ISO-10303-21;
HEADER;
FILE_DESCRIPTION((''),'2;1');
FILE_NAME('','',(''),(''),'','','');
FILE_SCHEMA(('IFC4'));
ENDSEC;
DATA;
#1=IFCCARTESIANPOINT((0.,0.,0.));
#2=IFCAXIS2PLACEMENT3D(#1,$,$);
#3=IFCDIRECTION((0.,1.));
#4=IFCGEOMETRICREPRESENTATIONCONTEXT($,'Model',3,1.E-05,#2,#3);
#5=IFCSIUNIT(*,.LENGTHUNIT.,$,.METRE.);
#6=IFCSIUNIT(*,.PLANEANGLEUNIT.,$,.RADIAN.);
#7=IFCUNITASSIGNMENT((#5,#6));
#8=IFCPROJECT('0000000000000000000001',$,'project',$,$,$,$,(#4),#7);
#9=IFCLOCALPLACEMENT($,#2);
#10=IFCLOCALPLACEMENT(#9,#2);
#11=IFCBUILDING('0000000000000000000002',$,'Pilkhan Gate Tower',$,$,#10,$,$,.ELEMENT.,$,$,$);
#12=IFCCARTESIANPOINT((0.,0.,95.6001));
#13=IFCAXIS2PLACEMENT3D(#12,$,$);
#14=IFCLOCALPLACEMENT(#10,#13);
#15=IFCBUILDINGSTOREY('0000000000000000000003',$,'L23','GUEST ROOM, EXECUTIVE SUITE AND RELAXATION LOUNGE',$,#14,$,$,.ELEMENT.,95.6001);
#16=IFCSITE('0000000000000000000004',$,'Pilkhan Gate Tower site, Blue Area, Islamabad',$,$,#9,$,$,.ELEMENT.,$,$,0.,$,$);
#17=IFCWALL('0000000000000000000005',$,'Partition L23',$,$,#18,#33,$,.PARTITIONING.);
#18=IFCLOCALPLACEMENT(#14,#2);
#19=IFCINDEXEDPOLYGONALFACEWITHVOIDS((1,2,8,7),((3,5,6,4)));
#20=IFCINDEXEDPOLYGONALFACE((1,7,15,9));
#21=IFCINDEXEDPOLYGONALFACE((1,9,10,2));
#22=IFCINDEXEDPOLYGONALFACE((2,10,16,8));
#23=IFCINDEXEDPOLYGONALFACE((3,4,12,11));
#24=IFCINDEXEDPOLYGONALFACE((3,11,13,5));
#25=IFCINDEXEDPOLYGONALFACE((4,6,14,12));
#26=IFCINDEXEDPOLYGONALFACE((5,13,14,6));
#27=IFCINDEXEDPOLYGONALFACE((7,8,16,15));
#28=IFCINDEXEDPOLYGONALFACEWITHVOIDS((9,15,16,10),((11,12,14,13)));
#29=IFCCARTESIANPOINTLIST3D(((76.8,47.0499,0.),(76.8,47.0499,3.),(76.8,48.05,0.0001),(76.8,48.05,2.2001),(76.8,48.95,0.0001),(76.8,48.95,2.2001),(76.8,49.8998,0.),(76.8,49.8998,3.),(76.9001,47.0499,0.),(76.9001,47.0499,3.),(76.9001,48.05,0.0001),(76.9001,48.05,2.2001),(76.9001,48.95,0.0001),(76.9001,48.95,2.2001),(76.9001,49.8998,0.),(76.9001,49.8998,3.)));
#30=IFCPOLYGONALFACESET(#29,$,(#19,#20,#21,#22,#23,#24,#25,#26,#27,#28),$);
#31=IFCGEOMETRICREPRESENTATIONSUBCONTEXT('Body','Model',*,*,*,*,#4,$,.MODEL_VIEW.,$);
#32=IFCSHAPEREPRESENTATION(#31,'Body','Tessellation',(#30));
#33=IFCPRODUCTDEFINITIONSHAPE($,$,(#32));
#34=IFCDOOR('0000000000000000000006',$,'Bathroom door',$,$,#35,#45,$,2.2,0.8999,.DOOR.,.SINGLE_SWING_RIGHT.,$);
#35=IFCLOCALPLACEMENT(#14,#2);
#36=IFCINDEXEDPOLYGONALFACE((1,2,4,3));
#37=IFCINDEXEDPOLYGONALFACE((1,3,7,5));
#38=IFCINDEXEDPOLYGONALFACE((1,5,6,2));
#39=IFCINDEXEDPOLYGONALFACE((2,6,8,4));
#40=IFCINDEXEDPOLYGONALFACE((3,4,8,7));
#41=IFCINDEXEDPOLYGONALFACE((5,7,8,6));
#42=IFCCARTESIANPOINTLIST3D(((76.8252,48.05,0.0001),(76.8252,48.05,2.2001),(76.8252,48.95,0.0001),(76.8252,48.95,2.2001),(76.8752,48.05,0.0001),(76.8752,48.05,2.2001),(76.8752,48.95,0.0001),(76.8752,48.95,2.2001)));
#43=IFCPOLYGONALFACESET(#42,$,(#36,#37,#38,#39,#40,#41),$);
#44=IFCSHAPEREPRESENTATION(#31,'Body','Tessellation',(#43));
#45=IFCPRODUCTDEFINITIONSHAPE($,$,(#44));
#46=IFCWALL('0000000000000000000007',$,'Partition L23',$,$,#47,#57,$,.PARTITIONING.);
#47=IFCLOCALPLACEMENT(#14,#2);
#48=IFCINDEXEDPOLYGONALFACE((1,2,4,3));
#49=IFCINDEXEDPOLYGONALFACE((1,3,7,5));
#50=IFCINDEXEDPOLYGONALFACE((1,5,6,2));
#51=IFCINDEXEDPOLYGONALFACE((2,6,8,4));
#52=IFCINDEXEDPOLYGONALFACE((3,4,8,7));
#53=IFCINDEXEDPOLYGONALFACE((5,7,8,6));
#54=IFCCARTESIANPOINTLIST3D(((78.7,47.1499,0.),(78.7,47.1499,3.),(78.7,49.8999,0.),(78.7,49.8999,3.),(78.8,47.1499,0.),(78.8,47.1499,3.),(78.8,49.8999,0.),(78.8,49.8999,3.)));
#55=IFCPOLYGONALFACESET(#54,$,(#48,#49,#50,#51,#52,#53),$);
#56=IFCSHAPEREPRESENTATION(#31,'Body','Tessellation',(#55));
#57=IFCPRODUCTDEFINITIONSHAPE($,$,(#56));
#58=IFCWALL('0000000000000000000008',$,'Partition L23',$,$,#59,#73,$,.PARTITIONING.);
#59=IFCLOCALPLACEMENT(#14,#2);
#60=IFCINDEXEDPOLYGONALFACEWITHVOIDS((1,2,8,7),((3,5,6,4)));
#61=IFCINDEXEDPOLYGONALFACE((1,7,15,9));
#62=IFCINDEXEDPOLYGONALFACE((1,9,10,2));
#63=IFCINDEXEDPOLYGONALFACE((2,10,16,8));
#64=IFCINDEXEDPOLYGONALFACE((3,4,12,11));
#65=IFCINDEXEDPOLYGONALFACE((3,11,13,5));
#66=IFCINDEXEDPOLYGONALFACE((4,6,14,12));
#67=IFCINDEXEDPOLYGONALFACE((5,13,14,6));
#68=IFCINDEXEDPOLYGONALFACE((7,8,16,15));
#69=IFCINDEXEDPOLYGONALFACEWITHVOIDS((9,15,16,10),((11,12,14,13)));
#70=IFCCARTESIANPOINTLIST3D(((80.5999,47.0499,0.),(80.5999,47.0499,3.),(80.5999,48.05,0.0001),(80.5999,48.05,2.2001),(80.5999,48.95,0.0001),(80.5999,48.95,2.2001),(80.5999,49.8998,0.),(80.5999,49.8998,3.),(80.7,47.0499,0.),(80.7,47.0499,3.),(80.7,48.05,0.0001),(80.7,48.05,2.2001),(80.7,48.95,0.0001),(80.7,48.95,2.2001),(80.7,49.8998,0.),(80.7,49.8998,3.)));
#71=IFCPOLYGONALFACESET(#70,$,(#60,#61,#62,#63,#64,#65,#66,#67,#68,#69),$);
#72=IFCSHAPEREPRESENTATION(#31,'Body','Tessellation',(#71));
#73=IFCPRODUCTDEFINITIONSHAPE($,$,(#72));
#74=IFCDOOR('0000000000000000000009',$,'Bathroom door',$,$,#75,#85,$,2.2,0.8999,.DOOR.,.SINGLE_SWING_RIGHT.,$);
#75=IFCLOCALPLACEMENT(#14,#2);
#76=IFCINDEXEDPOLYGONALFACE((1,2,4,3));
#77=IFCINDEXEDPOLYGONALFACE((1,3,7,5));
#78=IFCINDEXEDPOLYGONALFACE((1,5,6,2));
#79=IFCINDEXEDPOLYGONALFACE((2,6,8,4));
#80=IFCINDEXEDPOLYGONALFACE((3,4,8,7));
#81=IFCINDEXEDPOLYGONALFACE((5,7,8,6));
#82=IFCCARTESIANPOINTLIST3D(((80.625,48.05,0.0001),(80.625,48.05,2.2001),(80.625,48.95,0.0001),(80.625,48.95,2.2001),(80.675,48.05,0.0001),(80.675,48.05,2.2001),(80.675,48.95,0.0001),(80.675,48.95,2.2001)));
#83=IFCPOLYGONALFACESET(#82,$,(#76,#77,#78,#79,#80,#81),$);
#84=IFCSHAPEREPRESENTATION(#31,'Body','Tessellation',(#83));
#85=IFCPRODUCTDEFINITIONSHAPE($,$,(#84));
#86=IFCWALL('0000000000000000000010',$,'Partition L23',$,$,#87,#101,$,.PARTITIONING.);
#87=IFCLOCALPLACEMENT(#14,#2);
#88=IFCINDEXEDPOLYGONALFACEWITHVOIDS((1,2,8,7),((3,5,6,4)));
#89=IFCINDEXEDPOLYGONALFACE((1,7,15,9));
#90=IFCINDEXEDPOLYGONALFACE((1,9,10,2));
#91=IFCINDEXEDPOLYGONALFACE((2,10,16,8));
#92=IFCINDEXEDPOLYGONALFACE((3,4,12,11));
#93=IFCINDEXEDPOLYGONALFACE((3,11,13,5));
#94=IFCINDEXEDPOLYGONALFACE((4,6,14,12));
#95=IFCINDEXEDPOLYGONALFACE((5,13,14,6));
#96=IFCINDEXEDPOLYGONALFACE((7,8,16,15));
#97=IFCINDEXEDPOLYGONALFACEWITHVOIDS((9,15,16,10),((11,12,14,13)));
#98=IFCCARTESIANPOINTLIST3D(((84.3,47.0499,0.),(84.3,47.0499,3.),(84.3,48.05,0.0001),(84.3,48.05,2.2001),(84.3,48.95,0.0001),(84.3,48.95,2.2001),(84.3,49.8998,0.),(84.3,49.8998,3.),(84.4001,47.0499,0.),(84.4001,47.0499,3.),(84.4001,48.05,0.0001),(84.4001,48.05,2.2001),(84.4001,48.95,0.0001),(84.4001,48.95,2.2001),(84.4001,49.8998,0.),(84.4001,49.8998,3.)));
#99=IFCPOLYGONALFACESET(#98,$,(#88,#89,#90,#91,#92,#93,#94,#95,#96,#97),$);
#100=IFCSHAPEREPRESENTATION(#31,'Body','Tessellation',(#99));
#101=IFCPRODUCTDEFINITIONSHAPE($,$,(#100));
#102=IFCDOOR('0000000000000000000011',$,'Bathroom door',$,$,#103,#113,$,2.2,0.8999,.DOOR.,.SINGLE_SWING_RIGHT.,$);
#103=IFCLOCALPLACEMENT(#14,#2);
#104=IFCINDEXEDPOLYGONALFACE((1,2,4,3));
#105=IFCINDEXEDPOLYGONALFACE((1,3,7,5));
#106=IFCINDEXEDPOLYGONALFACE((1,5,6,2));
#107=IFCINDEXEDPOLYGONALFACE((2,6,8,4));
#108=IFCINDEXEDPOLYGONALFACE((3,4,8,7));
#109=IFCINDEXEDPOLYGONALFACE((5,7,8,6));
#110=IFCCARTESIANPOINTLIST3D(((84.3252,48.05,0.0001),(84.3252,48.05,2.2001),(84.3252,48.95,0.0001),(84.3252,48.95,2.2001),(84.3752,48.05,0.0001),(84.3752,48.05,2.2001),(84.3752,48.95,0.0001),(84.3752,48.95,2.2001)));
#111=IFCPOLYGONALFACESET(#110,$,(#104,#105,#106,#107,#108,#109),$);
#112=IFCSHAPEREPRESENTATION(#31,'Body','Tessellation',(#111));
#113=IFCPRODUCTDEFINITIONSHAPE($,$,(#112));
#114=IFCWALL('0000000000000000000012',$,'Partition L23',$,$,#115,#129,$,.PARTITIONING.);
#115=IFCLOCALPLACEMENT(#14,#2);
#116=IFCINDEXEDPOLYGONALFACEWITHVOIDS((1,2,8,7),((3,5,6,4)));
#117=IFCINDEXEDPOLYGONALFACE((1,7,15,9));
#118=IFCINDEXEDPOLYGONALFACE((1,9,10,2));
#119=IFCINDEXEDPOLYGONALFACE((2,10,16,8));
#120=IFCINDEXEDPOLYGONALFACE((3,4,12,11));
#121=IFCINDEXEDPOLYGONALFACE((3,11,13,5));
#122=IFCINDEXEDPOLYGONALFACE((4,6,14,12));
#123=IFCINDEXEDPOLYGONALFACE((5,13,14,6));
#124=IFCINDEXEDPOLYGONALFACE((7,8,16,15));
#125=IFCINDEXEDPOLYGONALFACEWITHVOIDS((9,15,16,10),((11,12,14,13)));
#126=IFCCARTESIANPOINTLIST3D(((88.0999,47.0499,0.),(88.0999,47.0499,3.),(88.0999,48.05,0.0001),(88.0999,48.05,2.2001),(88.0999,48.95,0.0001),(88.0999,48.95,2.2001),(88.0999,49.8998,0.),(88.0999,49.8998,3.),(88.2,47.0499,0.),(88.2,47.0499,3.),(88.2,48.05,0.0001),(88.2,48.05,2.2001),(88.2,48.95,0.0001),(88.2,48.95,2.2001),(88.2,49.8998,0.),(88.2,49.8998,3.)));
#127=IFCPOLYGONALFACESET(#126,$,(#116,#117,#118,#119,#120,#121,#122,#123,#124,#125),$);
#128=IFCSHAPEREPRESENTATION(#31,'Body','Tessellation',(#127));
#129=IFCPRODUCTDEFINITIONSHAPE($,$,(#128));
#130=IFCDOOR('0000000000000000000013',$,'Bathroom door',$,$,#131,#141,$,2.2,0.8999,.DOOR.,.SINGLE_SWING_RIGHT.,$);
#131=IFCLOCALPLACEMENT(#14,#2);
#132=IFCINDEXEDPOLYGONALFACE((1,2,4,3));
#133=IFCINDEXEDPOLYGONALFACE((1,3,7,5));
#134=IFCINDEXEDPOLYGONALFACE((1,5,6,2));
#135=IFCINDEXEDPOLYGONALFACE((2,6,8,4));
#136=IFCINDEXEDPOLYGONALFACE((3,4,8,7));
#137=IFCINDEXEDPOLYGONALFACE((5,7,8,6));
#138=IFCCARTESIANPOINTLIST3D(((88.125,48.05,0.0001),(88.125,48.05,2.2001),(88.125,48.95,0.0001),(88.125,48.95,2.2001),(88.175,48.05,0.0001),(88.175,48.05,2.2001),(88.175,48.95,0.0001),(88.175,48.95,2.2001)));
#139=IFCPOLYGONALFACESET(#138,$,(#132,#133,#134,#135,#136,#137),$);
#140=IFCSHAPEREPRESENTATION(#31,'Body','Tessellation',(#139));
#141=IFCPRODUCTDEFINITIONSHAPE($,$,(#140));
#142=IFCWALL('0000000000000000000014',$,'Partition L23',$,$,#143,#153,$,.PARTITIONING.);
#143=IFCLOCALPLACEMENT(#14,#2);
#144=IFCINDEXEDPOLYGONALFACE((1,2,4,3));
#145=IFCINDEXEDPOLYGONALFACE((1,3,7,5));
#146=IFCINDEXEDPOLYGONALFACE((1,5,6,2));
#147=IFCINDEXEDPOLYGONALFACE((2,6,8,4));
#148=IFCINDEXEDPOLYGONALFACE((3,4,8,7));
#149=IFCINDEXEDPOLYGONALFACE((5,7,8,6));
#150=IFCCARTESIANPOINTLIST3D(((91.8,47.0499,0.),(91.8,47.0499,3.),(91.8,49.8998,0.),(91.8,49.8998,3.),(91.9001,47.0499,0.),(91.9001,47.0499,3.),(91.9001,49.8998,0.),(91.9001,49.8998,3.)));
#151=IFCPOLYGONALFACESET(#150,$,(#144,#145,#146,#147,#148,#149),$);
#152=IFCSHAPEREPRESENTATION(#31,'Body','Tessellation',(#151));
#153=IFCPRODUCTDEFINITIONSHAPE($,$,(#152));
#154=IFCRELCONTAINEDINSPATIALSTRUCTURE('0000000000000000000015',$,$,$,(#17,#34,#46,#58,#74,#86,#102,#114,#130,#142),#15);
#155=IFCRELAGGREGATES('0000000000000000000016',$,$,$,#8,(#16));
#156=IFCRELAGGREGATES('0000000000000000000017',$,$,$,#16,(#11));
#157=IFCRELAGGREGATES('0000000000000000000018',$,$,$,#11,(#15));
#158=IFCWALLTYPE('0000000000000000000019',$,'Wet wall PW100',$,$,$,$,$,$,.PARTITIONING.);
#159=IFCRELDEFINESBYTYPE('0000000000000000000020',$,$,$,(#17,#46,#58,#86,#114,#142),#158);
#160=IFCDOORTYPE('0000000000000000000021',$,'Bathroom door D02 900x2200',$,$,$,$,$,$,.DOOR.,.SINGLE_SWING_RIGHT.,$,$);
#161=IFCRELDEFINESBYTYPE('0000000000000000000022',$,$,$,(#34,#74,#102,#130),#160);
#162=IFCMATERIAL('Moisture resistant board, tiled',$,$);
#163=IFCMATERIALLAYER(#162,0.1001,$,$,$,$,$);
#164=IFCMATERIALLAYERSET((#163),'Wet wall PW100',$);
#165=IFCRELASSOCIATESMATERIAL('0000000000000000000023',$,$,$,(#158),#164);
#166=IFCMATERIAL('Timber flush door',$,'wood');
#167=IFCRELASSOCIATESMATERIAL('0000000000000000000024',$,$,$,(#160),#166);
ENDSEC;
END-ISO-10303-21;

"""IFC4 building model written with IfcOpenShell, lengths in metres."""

from ifc_helpers import new_model, si_unit, direction, frame, frame_2d, origin, place, context, subcontext, project, spatial, rectangle, extrude, material, layer, layer_set, type_object, element, fill, save


model = new_model("IFC4")

# Units and contexts
model_context = context("Model", 3, precision=1e-05, world=origin(), true_north=direction((0.0, 1.0)))
body_context = subcontext(model_context, "Body", "Model", "MODEL_VIEW")
ifc_project = project(units=[si_unit("LENGTHUNIT", "METRE"), si_unit("PLANEANGLEUNIT", "RADIAN")], contexts=[model_context])

# Site, building, storey
site_placement = place(None, origin())
site = spatial("IfcSite", under=ifc_project, at=site_placement, Name="Pilkhan Gate Tower site, Blue Area, Islamabad", CompositionType="ELEMENT", RefElevation=0.0)
building_placement = place(site_placement, origin())
building = spatial("IfcBuilding", under=site, at=building_placement, Name="Pilkhan Gate Tower", CompositionType="ELEMENT")
storey_placement = place(building_placement, frame((0.0, 0.0, 95.6001)))
storey = spatial("IfcBuildingStorey", under=building, at=storey_placement, Name="L23", Description="GUEST ROOM, EXECUTIVE SUITE AND RELAXATION LOUNGE", CompositionType="ELEMENT", Elevation=95.6001)

# Shared definitions
ifc_material_1 = material(Name="Moisture resistant board, tiled")
ifc_layer_1 = layer(ifc_material_1, 0.1001)
ifc_layer_set_1 = layer_set([ifc_layer_1], Name="Wet wall PW100")
wall_type_1 = type_object("IfcWallType", Name="Wet wall PW100", PredefinedType="PARTITIONING", material=ifc_layer_set_1)

# Wall, opening, door
ifc_material_2 = material(Name="Timber flush door", Category="wood")
door_type = type_object("IfcDoorType", Name="Bathroom door D02 900x2200", OperationType="SINGLE_SWING_RIGHT", PredefinedType="DOOR", material=ifc_material_2)
wall_1_placement = place(storey_placement, frame((76.8501, 47.05, 0.0), z_axis=(0.0, 0.0, 1.0), x_axis=(0.0, 1.0, 0.0)))
wall_1 = element("IfcWall", 1, at=wall_1_placement, inside=storey, type_object=wall_type_1, Name="Partition L23", PredefinedType="PARTITIONING", context=body_context, shape_type="SweptSolid", body=[
    extrude(rectangle(XDim=2.8499, YDim=0.1001, at=frame_2d((1.4248, 0.0))), origin(), (0.0, 0.0, 1.0), 3.0),
])
opening_1_placement = place(wall_1_placement, frame((1.0, 0.0, 0.0)))
opening_1 = element("IfcOpeningElement", 2, at=opening_1_placement, cuts=wall_1, PredefinedType="OPENING", context=body_context, shape_type="SweptSolid", body=[
    extrude(rectangle(XDim=0.8999, YDim=2.2, at=frame_2d((0.45, 1.1001))), frame((0.0, 0.0601, 0.0), z_axis=(0.0, -1.0, 0.0), x_axis=(1.0, 0.0, 0.0)), (0.0, 0.0, 1.0), 0.1201),
])
door_1_placement = place(opening_1_placement, origin())
door_1 = element("IfcDoor", 3, at=door_1_placement, inside=storey, type_object=door_type, Name="Bathroom door", OperationType="SINGLE_SWING_RIGHT", OverallHeight=2.2, OverallWidth=0.8999, PredefinedType="DOOR", context=body_context, shape_type="SweptSolid", body=[
    extrude(rectangle(XDim=0.8999, YDim=2.2, at=frame_2d((0.45, 1.1001))), frame((0.0, 0.0249, 0.0), z_axis=(0.0, -1.0, 0.0), x_axis=(1.0, 0.0, 0.0)), (0.0, 0.0, 1.0), 0.05),
])
fill(opening_1, door_1)

# Wall
wall_2_placement = place(storey_placement, frame((78.75, 47.1499, 0.0), z_axis=(0.0, 0.0, 1.0), x_axis=(0.0, 1.0, 0.0)))
element("IfcWall", 4, at=wall_2_placement, inside=storey, type_object=wall_type_1, Name="Partition L23", PredefinedType="PARTITIONING", context=body_context, shape_type="SweptSolid", body=[
    extrude(rectangle(XDim=2.75, YDim=0.1001, at=frame_2d((1.375, 0.0))), origin(), (0.0, 0.0, 1.0), 3.0),
])

# Walls, openings, doors
wall_3_placement = place(storey_placement, frame((80.6499, 47.05, 0.0), z_axis=(0.0, 0.0, 1.0), x_axis=(0.0, 1.0, 0.0)))
wall_3 = element("IfcWall", 5, at=wall_3_placement, inside=storey, type_object=wall_type_1, Name="Partition L23", PredefinedType="PARTITIONING", context=body_context, shape_type="SweptSolid", body=[
    extrude(rectangle(XDim=2.8499, YDim=0.1001, at=frame_2d((1.4248, 0.0))), origin(), (0.0, 0.0, 1.0), 3.0),
])
opening_2_placement = place(wall_3_placement, frame((1.0, 0.0, 0.0)))
opening_2 = element("IfcOpeningElement", 6, at=opening_2_placement, cuts=wall_3, PredefinedType="OPENING", context=body_context, shape_type="SweptSolid", body=[
    extrude(rectangle(XDim=0.8999, YDim=2.2, at=frame_2d((0.45, 1.1001))), frame((0.0, 0.0601, 0.0), z_axis=(0.0, -1.0, 0.0), x_axis=(1.0, 0.0, 0.0)), (0.0, 0.0, 1.0), 0.1201),
])
door_2_placement = place(opening_2_placement, origin())
door_2 = element("IfcDoor", 7, at=door_2_placement, inside=storey, type_object=door_type, Name="Bathroom door", OperationType="SINGLE_SWING_RIGHT", OverallHeight=2.2, OverallWidth=0.8999, PredefinedType="DOOR", context=body_context, shape_type="SweptSolid", body=[
    extrude(rectangle(XDim=0.8999, YDim=2.2, at=frame_2d((0.45, 1.1001))), frame((0.0, 0.0249, 0.0), z_axis=(0.0, -1.0, 0.0), x_axis=(1.0, 0.0, 0.0)), (0.0, 0.0, 1.0), 0.05),
])
fill(opening_2, door_2)
wall_4_placement = place(storey_placement, frame((84.3501, 47.05, 0.0), z_axis=(0.0, 0.0, 1.0), x_axis=(0.0, 1.0, 0.0)))
wall_4 = element("IfcWall", 8, at=wall_4_placement, inside=storey, type_object=wall_type_1, Name="Partition L23", PredefinedType="PARTITIONING", context=body_context, shape_type="SweptSolid", body=[
    extrude(rectangle(XDim=2.8499, YDim=0.1001, at=frame_2d((1.4248, 0.0))), origin(), (0.0, 0.0, 1.0), 3.0),
])
opening_3_placement = place(wall_4_placement, frame((1.0, 0.0, 0.0)))
opening_3 = element("IfcOpeningElement", 9, at=opening_3_placement, cuts=wall_4, PredefinedType="OPENING", context=body_context, shape_type="SweptSolid", body=[
    extrude(rectangle(XDim=0.8999, YDim=2.2, at=frame_2d((0.45, 1.1001))), frame((0.0, 0.0601, 0.0), z_axis=(0.0, -1.0, 0.0), x_axis=(1.0, 0.0, 0.0)), (0.0, 0.0, 1.0), 0.1201),
])
door_3_placement = place(opening_3_placement, origin())
door_3 = element("IfcDoor", 10, at=door_3_placement, inside=storey, type_object=door_type, Name="Bathroom door", OperationType="SINGLE_SWING_RIGHT", OverallHeight=2.2, OverallWidth=0.8999, PredefinedType="DOOR", context=body_context, shape_type="SweptSolid", body=[
    extrude(rectangle(XDim=0.8999, YDim=2.2, at=frame_2d((0.45, 1.1001))), frame((0.0, 0.0249, 0.0), z_axis=(0.0, -1.0, 0.0), x_axis=(1.0, 0.0, 0.0)), (0.0, 0.0, 1.0), 0.05),
])
fill(opening_3, door_3)
wall_5_placement = place(storey_placement, frame((88.1499, 47.05, 0.0), z_axis=(0.0, 0.0, 1.0), x_axis=(0.0, 1.0, 0.0)))
wall_5 = element("IfcWall", 11, at=wall_5_placement, inside=storey, type_object=wall_type_1, Name="Partition L23", PredefinedType="PARTITIONING", context=body_context, shape_type="SweptSolid", body=[
    extrude(rectangle(XDim=2.8499, YDim=0.1001, at=frame_2d((1.4248, 0.0))), origin(), (0.0, 0.0, 1.0), 3.0),
])
opening_4_placement = place(wall_5_placement, frame((1.0, 0.0, 0.0)))
opening_4 = element("IfcOpeningElement", 12, at=opening_4_placement, cuts=wall_5, PredefinedType="OPENING", context=body_context, shape_type="SweptSolid", body=[
    extrude(rectangle(XDim=0.8999, YDim=2.2, at=frame_2d((0.45, 1.1001))), frame((0.0, 0.0601, 0.0), z_axis=(0.0, -1.0, 0.0), x_axis=(1.0, 0.0, 0.0)), (0.0, 0.0, 1.0), 0.1201),
])
door_4_placement = place(opening_4_placement, origin())
door_4 = element("IfcDoor", 13, at=door_4_placement, inside=storey, type_object=door_type, Name="Bathroom door", OperationType="SINGLE_SWING_RIGHT", OverallHeight=2.2, OverallWidth=0.8999, PredefinedType="DOOR", context=body_context, shape_type="SweptSolid", body=[
    extrude(rectangle(XDim=0.8999, YDim=2.2, at=frame_2d((0.45, 1.1001))), frame((0.0, 0.0249, 0.0), z_axis=(0.0, -1.0, 0.0), x_axis=(1.0, 0.0, 0.0)), (0.0, 0.0, 1.0), 0.05),
])
fill(opening_4, door_4)

# Wall
wall_6_placement = place(storey_placement, frame((91.8501, 47.05, 0.0), z_axis=(0.0, 0.0, 1.0), x_axis=(0.0, 1.0, 0.0)))
element("IfcWall", 14, at=wall_6_placement, inside=storey, type_object=wall_type_1, Name="Partition L23", PredefinedType="PARTITIONING", context=body_context, shape_type="SweptSolid", body=[
    extrude(rectangle(XDim=2.8499, YDim=0.1001, at=frame_2d((1.4248, 0.0))), origin(), (0.0, 0.0, 1.0), 3.0),
])

save(model, "model.ifc")
